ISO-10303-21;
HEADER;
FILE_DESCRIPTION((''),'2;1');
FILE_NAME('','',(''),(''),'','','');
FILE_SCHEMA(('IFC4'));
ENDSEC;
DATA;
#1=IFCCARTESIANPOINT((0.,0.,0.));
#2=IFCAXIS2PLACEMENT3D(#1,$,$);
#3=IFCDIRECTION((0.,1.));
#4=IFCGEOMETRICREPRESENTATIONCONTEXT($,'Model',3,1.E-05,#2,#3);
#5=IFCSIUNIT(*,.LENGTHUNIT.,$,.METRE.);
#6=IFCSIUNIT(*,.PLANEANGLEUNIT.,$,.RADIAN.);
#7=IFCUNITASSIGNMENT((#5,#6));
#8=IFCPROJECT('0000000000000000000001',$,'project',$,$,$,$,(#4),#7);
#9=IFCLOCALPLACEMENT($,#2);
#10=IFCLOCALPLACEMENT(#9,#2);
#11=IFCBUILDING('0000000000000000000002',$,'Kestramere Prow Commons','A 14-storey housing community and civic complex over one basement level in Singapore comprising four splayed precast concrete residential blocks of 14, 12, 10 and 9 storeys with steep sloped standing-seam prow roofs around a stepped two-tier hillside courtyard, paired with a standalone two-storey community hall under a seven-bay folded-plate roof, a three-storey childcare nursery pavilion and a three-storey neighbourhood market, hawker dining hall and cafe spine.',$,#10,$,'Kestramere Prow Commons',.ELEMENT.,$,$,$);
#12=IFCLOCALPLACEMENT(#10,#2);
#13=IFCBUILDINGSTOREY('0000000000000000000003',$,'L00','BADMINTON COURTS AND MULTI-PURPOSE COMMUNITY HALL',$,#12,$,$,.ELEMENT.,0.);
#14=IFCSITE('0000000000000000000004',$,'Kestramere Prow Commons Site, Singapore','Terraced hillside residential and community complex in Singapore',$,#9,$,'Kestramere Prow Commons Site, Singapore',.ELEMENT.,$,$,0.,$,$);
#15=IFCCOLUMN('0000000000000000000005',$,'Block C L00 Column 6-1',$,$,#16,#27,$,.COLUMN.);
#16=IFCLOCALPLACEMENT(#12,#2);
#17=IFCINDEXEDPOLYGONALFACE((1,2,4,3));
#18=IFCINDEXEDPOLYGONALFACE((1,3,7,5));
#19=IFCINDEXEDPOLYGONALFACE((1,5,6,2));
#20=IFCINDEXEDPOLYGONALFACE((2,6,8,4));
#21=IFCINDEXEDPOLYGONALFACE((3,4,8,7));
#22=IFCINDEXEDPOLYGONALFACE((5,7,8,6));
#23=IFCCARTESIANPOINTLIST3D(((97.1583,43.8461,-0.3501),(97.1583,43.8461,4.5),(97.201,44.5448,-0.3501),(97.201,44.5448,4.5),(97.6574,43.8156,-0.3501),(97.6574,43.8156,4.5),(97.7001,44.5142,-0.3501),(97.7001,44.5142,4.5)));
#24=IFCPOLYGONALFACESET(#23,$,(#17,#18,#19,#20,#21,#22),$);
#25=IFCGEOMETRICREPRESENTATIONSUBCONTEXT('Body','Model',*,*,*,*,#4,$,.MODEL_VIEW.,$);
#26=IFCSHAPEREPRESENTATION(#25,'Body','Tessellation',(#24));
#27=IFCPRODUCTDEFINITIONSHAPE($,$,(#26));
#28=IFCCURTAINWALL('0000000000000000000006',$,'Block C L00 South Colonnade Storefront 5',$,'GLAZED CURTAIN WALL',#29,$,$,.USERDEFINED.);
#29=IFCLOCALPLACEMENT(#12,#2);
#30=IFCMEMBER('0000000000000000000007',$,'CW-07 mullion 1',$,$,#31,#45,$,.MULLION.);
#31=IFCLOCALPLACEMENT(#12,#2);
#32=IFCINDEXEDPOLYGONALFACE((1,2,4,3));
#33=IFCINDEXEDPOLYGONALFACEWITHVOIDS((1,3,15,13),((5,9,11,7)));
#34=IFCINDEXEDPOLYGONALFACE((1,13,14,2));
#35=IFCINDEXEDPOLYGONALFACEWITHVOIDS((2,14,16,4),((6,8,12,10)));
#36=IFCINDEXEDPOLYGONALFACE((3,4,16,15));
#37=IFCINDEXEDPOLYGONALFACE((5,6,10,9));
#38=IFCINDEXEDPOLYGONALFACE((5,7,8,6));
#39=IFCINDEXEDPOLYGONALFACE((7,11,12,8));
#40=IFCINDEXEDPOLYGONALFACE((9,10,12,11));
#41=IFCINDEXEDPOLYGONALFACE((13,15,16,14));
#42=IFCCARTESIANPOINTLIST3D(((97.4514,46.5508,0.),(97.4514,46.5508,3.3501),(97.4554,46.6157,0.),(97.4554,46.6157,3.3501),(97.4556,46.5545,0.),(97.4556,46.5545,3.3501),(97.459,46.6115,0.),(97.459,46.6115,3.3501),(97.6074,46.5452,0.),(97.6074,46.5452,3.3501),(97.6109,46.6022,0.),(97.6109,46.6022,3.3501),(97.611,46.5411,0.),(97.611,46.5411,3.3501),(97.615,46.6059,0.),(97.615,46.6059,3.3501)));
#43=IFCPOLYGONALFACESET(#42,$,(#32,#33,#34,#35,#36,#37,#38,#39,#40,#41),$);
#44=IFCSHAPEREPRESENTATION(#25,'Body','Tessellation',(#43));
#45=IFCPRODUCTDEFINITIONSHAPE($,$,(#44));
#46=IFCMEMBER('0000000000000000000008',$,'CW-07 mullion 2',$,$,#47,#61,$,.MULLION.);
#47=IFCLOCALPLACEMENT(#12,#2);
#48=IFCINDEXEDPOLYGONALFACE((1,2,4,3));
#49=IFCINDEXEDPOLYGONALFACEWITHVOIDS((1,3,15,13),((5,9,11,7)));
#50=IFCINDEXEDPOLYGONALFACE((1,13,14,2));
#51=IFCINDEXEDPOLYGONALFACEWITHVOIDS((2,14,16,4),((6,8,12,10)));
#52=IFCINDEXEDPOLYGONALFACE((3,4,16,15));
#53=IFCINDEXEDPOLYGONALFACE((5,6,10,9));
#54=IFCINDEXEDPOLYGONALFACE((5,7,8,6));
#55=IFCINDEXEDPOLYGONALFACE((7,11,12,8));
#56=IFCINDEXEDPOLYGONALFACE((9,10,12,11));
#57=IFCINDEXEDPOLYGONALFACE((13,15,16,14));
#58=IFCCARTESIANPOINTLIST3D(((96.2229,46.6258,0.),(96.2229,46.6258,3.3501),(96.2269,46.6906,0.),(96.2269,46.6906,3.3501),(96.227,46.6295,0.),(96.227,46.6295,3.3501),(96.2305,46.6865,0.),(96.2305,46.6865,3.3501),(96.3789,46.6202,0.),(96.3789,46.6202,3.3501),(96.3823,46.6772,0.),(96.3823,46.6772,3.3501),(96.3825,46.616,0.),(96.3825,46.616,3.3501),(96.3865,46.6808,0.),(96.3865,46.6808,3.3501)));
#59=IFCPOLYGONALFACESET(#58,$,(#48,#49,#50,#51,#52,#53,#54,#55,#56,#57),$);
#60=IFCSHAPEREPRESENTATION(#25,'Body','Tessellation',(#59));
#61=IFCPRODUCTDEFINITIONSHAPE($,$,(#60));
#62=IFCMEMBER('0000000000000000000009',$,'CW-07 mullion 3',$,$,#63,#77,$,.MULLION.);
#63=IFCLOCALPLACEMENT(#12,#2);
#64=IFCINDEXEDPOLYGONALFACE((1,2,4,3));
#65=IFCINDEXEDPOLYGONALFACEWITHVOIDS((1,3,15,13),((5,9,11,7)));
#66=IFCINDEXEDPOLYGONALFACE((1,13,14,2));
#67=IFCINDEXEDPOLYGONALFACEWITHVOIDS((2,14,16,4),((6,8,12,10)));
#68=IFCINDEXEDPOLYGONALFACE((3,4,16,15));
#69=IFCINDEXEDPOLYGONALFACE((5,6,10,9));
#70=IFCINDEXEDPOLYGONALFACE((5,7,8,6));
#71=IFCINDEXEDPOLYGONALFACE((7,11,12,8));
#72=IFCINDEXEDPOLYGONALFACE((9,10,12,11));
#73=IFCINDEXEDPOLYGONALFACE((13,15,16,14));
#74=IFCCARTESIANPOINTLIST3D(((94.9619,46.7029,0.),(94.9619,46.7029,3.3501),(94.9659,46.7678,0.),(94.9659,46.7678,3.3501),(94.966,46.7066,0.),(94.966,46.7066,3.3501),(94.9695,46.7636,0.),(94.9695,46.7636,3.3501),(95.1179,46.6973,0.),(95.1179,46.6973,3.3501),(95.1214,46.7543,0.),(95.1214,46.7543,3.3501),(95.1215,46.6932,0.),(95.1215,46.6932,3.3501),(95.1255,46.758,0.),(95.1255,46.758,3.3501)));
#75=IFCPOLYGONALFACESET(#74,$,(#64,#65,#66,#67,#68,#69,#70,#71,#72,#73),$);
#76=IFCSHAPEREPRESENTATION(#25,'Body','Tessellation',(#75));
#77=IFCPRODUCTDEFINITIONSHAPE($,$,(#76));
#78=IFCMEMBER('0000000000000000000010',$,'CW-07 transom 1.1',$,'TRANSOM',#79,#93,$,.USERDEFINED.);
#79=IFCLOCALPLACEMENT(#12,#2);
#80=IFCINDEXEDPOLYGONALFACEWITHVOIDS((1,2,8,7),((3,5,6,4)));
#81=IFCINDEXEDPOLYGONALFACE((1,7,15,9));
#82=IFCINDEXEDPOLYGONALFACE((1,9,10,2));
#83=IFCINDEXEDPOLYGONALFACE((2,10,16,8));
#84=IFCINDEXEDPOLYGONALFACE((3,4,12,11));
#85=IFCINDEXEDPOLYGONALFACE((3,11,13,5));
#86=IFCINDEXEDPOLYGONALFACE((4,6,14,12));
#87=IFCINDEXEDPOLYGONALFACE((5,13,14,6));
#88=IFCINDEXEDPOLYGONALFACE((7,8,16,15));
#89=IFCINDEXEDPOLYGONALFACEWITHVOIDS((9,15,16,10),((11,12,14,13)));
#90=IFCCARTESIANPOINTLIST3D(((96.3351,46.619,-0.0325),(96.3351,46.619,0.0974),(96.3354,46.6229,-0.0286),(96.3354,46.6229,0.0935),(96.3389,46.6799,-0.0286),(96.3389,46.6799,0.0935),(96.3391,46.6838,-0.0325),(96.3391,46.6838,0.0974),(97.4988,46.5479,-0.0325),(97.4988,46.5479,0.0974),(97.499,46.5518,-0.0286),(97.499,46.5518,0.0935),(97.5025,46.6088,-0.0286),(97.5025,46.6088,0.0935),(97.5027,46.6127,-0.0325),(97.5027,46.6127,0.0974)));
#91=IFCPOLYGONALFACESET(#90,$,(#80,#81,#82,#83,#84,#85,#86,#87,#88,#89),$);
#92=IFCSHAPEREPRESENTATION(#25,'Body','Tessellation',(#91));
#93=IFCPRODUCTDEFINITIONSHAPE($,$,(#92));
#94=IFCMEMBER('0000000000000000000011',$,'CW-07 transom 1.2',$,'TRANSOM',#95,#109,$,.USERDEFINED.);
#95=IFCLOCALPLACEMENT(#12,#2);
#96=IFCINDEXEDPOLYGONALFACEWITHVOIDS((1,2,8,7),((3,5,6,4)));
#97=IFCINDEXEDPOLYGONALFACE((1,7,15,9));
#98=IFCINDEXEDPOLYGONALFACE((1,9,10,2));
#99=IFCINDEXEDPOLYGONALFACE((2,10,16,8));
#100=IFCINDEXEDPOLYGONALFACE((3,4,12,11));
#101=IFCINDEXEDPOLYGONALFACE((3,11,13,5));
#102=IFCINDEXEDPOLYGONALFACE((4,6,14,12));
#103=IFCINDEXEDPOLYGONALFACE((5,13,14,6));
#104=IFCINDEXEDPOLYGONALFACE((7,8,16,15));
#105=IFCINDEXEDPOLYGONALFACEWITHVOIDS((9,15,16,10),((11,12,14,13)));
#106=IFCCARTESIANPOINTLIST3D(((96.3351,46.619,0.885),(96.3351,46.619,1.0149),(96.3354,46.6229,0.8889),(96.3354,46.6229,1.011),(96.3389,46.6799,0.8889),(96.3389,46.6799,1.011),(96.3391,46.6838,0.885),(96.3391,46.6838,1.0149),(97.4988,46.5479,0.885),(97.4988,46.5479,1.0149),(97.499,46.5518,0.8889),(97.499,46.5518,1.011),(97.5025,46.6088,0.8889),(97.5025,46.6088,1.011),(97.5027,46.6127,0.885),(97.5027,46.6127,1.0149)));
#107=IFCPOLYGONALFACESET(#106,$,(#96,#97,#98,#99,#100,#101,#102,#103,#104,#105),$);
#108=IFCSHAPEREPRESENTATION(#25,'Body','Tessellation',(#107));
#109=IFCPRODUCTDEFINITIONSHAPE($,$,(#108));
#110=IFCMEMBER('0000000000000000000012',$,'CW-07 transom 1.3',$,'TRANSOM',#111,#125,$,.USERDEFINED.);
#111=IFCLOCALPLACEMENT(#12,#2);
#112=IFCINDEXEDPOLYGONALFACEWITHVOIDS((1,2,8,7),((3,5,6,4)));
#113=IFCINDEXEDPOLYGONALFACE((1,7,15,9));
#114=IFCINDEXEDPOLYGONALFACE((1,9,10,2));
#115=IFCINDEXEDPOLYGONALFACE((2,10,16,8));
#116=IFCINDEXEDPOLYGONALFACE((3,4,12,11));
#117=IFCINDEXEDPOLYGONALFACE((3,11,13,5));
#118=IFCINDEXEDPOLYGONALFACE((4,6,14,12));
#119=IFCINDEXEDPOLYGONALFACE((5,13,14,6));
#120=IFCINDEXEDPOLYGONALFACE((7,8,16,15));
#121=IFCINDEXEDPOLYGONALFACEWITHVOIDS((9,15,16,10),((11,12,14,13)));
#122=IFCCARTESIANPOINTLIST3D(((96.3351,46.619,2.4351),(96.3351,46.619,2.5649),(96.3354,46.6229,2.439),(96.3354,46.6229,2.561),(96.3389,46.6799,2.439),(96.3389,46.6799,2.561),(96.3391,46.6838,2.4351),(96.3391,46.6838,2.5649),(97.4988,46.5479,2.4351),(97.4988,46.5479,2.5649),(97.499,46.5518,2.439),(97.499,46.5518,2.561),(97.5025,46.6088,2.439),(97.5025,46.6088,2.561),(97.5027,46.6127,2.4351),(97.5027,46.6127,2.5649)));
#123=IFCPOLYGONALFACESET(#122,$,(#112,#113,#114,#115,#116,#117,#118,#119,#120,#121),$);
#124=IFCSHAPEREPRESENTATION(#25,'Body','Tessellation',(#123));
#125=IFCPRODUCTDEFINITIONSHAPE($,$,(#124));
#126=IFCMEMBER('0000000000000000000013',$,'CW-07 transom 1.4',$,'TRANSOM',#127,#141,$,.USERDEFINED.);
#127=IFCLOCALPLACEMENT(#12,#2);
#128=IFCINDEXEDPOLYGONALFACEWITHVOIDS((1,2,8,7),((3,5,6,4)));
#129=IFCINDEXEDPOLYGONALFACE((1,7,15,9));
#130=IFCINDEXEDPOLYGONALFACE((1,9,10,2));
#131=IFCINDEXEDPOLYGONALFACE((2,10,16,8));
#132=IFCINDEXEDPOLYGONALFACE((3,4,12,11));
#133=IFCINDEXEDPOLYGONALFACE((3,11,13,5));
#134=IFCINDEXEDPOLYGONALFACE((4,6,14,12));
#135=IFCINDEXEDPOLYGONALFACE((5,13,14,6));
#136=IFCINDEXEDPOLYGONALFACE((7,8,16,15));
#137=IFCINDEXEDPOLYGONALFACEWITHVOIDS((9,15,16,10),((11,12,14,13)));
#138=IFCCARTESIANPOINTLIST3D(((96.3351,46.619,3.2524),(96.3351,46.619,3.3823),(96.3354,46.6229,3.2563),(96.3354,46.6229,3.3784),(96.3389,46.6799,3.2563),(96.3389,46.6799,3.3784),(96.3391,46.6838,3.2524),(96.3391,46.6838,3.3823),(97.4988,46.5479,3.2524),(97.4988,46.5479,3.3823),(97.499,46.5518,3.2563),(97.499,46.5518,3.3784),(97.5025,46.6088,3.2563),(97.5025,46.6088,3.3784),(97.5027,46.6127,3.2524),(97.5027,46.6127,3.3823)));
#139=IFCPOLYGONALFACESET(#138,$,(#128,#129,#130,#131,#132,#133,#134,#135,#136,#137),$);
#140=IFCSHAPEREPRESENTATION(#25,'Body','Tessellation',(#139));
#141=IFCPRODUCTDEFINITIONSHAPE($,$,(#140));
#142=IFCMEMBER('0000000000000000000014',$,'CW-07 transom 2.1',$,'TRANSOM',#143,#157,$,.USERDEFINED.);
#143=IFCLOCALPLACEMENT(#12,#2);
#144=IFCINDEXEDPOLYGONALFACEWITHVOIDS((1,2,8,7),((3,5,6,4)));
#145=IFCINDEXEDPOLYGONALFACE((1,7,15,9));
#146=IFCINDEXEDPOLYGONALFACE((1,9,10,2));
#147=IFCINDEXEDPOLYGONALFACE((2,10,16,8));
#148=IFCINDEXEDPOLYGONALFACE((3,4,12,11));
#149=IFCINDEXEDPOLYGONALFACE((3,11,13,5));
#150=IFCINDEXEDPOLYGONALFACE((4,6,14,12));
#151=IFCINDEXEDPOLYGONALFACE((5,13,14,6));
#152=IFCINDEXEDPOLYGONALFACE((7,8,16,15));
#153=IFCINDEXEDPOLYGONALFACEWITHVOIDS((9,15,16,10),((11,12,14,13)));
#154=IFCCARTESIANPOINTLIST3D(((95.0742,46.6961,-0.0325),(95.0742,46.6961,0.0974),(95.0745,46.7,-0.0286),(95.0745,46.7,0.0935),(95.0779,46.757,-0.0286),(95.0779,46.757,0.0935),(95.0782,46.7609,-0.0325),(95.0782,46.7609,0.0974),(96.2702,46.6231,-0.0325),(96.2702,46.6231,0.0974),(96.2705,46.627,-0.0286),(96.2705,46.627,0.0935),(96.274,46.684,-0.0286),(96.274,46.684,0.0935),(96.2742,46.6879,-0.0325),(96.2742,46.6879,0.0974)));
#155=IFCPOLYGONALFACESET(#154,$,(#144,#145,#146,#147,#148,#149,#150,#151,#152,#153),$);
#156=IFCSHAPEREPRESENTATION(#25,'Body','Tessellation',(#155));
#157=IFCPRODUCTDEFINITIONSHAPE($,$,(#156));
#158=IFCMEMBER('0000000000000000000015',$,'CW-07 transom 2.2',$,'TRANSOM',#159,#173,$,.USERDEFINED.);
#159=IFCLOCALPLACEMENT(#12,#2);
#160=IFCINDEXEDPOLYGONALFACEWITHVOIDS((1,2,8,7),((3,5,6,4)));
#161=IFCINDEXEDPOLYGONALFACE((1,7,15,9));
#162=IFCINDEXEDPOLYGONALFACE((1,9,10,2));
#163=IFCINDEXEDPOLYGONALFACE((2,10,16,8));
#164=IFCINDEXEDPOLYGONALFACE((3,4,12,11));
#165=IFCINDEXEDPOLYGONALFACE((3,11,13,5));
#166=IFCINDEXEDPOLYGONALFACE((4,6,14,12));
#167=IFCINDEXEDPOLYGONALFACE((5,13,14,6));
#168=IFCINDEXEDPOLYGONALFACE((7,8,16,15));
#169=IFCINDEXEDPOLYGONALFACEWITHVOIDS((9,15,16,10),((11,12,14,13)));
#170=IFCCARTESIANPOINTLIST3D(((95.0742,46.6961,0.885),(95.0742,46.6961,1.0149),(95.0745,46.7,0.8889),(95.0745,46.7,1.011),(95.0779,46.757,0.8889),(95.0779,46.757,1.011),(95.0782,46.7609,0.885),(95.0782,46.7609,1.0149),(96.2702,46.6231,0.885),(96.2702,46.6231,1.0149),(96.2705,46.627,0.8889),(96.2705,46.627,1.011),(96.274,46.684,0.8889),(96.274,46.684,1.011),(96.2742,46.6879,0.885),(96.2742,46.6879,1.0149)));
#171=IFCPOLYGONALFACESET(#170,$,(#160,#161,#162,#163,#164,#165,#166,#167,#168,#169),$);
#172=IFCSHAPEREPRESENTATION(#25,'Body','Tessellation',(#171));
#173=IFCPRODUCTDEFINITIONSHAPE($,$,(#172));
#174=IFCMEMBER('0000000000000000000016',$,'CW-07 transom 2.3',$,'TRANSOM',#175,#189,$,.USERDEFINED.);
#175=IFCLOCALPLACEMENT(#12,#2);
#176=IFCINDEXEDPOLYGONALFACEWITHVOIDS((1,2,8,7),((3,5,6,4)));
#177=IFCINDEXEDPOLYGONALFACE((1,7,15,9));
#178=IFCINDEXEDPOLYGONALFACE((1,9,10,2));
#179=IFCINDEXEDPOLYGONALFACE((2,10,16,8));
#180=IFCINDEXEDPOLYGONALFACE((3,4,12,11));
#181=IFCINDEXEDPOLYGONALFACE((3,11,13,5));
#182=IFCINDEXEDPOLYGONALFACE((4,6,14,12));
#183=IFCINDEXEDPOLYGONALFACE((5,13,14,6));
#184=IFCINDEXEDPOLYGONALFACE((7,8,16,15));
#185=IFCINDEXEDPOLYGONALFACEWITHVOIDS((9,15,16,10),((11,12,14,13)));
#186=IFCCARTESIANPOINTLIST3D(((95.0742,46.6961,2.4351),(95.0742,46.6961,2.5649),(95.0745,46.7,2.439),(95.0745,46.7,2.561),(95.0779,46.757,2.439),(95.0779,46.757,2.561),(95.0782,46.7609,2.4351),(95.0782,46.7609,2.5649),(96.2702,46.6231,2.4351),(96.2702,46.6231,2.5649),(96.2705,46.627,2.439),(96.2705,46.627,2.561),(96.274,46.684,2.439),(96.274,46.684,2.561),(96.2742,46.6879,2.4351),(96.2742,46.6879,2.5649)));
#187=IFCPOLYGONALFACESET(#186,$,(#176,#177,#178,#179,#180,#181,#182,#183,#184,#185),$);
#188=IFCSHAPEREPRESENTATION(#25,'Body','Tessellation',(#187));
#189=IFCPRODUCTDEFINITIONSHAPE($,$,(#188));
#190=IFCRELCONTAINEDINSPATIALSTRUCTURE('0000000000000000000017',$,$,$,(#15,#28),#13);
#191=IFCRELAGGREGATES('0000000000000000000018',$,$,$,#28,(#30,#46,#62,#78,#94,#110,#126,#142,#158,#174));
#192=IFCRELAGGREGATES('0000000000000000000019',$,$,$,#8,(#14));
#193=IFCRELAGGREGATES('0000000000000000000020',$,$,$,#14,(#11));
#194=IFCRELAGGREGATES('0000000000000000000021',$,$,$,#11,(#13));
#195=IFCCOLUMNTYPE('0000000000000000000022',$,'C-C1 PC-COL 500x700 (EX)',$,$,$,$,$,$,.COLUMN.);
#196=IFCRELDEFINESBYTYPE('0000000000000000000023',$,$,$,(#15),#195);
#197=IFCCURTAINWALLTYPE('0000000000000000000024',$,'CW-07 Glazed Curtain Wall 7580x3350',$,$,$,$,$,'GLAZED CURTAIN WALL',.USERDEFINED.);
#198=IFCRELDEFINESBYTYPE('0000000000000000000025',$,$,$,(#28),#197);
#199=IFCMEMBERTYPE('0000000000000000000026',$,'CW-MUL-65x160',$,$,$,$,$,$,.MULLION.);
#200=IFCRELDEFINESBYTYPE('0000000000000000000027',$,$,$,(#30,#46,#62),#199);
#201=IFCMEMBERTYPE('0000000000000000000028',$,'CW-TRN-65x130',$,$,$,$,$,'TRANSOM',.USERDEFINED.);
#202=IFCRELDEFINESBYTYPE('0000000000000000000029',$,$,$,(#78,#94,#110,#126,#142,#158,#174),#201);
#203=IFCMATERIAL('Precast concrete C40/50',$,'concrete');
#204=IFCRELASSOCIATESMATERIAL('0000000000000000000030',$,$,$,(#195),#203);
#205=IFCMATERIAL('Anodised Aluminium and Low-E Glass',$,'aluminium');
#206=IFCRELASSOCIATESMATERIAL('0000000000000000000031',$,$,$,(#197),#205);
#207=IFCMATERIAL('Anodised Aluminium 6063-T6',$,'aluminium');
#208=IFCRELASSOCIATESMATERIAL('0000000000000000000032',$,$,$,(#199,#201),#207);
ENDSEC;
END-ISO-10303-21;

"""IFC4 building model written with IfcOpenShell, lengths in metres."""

from ifc_helpers import new_model, si_unit, direction, frame, origin, origin_2d, place, context, subcontext, project, spatial, rectangle, hollow_rectangle, extrude, material, material_profile, profile_set, type_object, element, aggregate, save


model = new_model("IFC4")

# Units and contexts
model_context = context("Model", 3, precision=1e-05, world=origin(), true_north=direction((0.0, 1.0)))
body_context = subcontext(model_context, "Body", "Model", "MODEL_VIEW")
ifc_project = project(units=[si_unit("LENGTHUNIT", "METRE"), si_unit("PLANEANGLEUNIT", "RADIAN")], contexts=[model_context])

# Site, building, storey
site_placement = place(None, origin())
site = spatial("IfcSite", under=ifc_project, at=site_placement, Name="Kestramere Prow Commons Site, Singapore", Description="Terraced hillside residential and community complex in Singapore", LongName="Kestramere Prow Commons Site, Singapore", CompositionType="ELEMENT", RefElevation=0.0)
building_placement = place(site_placement, origin())
building = spatial("IfcBuilding", under=site, at=building_placement, Name="Kestramere Prow Commons", Description="A 14-storey housing community and civic complex over one basement level in Singapore comprising four splayed precast concrete residential blocks of 14, 12, 10 and 9 storeys with steep sloped standing-seam prow roofs around a stepped two-tier hillside courtyard, paired with a standalone two-storey community hall under a seven-bay folded-plate roof, a three-storey childcare nursery pavilion and a three-storey neighbourhood market, hawker dining hall and cafe spine.", LongName="Kestramere Prow Commons", CompositionType="ELEMENT")
storey_placement = place(building_placement, origin())
storey = spatial("IfcBuildingStorey", under=building, at=storey_placement, Name="L00", Description="BADMINTON COURTS AND MULTI-PURPOSE COMMUNITY HALL", CompositionType="ELEMENT", Elevation=0.0)

# Column
ifc_material_1 = material(Name="Precast concrete C40/50", Category="concrete")
ifc_material_profile_1 = material_profile(ifc_material_1, rectangle(XDim=0.5, YDim=0.7, at=origin_2d()), Name="PC-COL 500x700")
ifc_profile_set_1 = profile_set([ifc_material_profile_1], Name="Precast concrete C40/50")
column_type = type_object("IfcColumnType", Name="C-C1 PC-COL 500x700 (EX)", PredefinedType="COLUMN", material=ifc_profile_set_1)
column_placement = place(storey_placement, frame((97.4292, 44.1802, -0.3501), z_axis=(0.0, 0.0, 1.0), x_axis=(0.998135, -0.061049, 0.0)))
element("IfcColumn", 1, at=column_placement, inside=storey, type_object=column_type, Name="Block C L00 Column 6-1", PredefinedType="COLUMN", context=body_context, shape_type="SweptSolid", body=[
    extrude(rectangle(XDim=0.5, YDim=0.7, at=origin_2d()), origin(), (0.0, 0.0, 1.0), 4.8501),
])

# Curtain wall, members
ifc_material_2 = material(Name="Anodised Aluminium and Low-E Glass", Category="aluminium")
curtain_wall_type = type_object("IfcCurtainWallType", Name="CW-07 Glazed Curtain Wall 7580x3350", ElementType="GLAZED CURTAIN WALL", PredefinedType="USERDEFINED", material=ifc_material_2)
curtain_wall_placement = place(storey_placement, origin())
curtain_wall = element("IfcCurtainWall", 2, at=curtain_wall_placement, inside=storey, type_object=curtain_wall_type, Name="Block C L00 South Colonnade Storefront 5", ObjectType="GLAZED CURTAIN WALL", PredefinedType="USERDEFINED")
ifc_material_3 = material(Name="Anodised Aluminium 6063-T6", Category="aluminium")
ifc_material_profile_2 = material_profile(ifc_material_3, hollow_rectangle(XDim=0.0649, YDim=0.1599, WallThickness=0.0039, at=origin_2d()), Name="ALU-MUL 65x160")
ifc_profile_set_2 = profile_set([ifc_material_profile_2], Name="Anodised Aluminium 6063-T6")
member_type_1 = type_object("IfcMemberType", Name="CW-MUL-65x160", PredefinedType="MULLION", material=ifc_profile_set_2)
member_1_placement = place(storey_placement, frame((97.5332, 46.5784, 0.0), z_axis=(0.0, 0.0, 1.0), x_axis=(-0.061049, -0.998135, 0.0)))
member_1 = element("IfcMember", 3, at=member_1_placement, type_object=member_type_1, Name="CW-07 mullion 1", PredefinedType="MULLION", context=body_context, shape_type="SweptSolid", body=[
    extrude(hollow_rectangle(XDim=0.0649, YDim=0.1599, WallThickness=0.0039, at=origin_2d()), origin(), (0.0, 0.0, 1.0), 3.3501),
])
member_2_placement = place(storey_placement, frame((96.3047, 46.6533, 0.0), z_axis=(0.0, 0.0, 1.0), x_axis=(-0.061049, -0.998135, 0.0)))
member_2 = element("IfcMember", 4, at=member_2_placement, type_object=member_type_1, Name="CW-07 mullion 2", PredefinedType="MULLION", context=body_context, shape_type="SweptSolid", body=[
    extrude(hollow_rectangle(XDim=0.0649, YDim=0.1599, WallThickness=0.0039, at=origin_2d()), origin(), (0.0, 0.0, 1.0), 3.3501),
])
member_3_placement = place(storey_placement, frame((95.0437, 46.7305, 0.0), z_axis=(0.0, 0.0, 1.0), x_axis=(-0.061049, -0.998135, 0.0)))
member_3 = element("IfcMember", 5, at=member_3_placement, type_object=member_type_1, Name="CW-07 mullion 3", PredefinedType="MULLION", context=body_context, shape_type="SweptSolid", body=[
    extrude(hollow_rectangle(XDim=0.0649, YDim=0.1599, WallThickness=0.0039, at=origin_2d()), origin(), (0.0, 0.0, 1.0), 3.3501),
])
ifc_material_profile_3 = material_profile(ifc_material_3, hollow_rectangle(XDim=0.0649, YDim=0.1299, WallThickness=0.0039, at=origin_2d()), Name="ALU-TRN 65x130")
ifc_profile_set_3 = profile_set([ifc_material_profile_3], Name="Anodised Aluminium 6063-T6")
member_type_2 = type_object("IfcMemberType", Name="CW-TRN-65x130", ElementType="TRANSOM", PredefinedType="USERDEFINED", material=ifc_profile_set_3)
member_4_placement = place(storey_placement, frame((97.5007, 46.5803, 0.0325), z_axis=(-0.998141, 0.060944, 0.0), x_axis=(-0.060944, -0.998141, 0.0)))
member_4 = element("IfcMember", 6, at=member_4_placement, type_object=member_type_2, Name="CW-07 transom 1.1", ObjectType="TRANSOM", PredefinedType="USERDEFINED", context=body_context, shape_type="SweptSolid", body=[
    extrude(hollow_rectangle(XDim=0.0649, YDim=0.1299, WallThickness=0.0039, at=origin_2d()), origin(), (0.0, 0.0, 1.0), 1.1658),
])
member_5_placement = place(storey_placement, frame((97.5007, 46.5803, 0.95), z_axis=(-0.998141, 0.060944, 0.0), x_axis=(-0.060944, -0.998141, 0.0)))
member_5 = element("IfcMember", 7, at=member_5_placement, type_object=member_type_2, Name="CW-07 transom 1.2", ObjectType="TRANSOM", PredefinedType="USERDEFINED", context=body_context, shape_type="SweptSolid", body=[
    extrude(hollow_rectangle(XDim=0.0649, YDim=0.1299, WallThickness=0.0039, at=origin_2d()), origin(), (0.0, 0.0, 1.0), 1.1658),
])
member_6_placement = place(storey_placement, frame((97.5007, 46.5803, 2.5), z_axis=(-0.998141, 0.060944, 0.0), x_axis=(-0.060944, -0.998141, 0.0)))
member_6 = element("IfcMember", 8, at=member_6_placement, type_object=member_type_2, Name="CW-07 transom 1.3", ObjectType="TRANSOM", PredefinedType="USERDEFINED", context=body_context, shape_type="SweptSolid", body=[
    extrude(hollow_rectangle(XDim=0.0649, YDim=0.1299, WallThickness=0.0039, at=origin_2d()), origin(), (0.0, 0.0, 1.0), 1.1658),
])
member_7_placement = place(storey_placement, frame((97.5007, 46.5803, 3.3174), z_axis=(-0.998141, 0.060944, 0.0), x_axis=(-0.060944, -0.998141, 0.0)))
member_7 = element("IfcMember", 9, at=member_7_placement, type_object=member_type_2, Name="CW-07 transom 1.4", ObjectType="TRANSOM", PredefinedType="USERDEFINED", context=body_context, shape_type="SweptSolid", body=[
    extrude(hollow_rectangle(XDim=0.0649, YDim=0.1299, WallThickness=0.0039, at=origin_2d()), origin(), (0.0, 0.0, 1.0), 1.1658),
])
member_8_placement = place(storey_placement, frame((96.2722, 46.6555, 0.0325), z_axis=(-0.998143, 0.06092, 0.0), x_axis=(-0.06092, -0.998143, 0.0)))
member_8 = element("IfcMember", 10, at=member_8_placement, type_object=member_type_2, Name="CW-07 transom 2.1", ObjectType="TRANSOM", PredefinedType="USERDEFINED", context=body_context, shape_type="SweptSolid", body=[
    extrude(hollow_rectangle(XDim=0.0649, YDim=0.1299, WallThickness=0.0039, at=origin_2d()), origin(), (0.0, 0.0, 1.0), 1.1982),
])
member_9_placement = place(storey_placement, frame((96.2722, 46.6555, 0.95), z_axis=(-0.998143, 0.06092, 0.0), x_axis=(-0.06092, -0.998143, 0.0)))
member_9 = element("IfcMember", 11, at=member_9_placement, type_object=member_type_2, Name="CW-07 transom 2.2", ObjectType="TRANSOM", PredefinedType="USERDEFINED", context=body_context, shape_type="SweptSolid", body=[
    extrude(hollow_rectangle(XDim=0.0649, YDim=0.1299, WallThickness=0.0039, at=origin_2d()), origin(), (0.0, 0.0, 1.0), 1.1982),
])
member_10_placement = place(storey_placement, frame((96.2722, 46.6555, 2.5), z_axis=(-0.998143, 0.06092, 0.0), x_axis=(-0.06092, -0.998143, 0.0)))
member_10 = element("IfcMember", 12, at=member_10_placement, type_object=member_type_2, Name="CW-07 transom 2.3", ObjectType="TRANSOM", PredefinedType="USERDEFINED", context=body_context, shape_type="SweptSolid", body=[
    extrude(hollow_rectangle(XDim=0.0649, YDim=0.1299, WallThickness=0.0039, at=origin_2d()), origin(), (0.0, 0.0, 1.0), 1.1982),
])

aggregate(curtain_wall, [member_1, member_2, member_3, member_4, member_5, member_6, member_7, member_8, member_9, member_10])

save(model, "model.ifc")
